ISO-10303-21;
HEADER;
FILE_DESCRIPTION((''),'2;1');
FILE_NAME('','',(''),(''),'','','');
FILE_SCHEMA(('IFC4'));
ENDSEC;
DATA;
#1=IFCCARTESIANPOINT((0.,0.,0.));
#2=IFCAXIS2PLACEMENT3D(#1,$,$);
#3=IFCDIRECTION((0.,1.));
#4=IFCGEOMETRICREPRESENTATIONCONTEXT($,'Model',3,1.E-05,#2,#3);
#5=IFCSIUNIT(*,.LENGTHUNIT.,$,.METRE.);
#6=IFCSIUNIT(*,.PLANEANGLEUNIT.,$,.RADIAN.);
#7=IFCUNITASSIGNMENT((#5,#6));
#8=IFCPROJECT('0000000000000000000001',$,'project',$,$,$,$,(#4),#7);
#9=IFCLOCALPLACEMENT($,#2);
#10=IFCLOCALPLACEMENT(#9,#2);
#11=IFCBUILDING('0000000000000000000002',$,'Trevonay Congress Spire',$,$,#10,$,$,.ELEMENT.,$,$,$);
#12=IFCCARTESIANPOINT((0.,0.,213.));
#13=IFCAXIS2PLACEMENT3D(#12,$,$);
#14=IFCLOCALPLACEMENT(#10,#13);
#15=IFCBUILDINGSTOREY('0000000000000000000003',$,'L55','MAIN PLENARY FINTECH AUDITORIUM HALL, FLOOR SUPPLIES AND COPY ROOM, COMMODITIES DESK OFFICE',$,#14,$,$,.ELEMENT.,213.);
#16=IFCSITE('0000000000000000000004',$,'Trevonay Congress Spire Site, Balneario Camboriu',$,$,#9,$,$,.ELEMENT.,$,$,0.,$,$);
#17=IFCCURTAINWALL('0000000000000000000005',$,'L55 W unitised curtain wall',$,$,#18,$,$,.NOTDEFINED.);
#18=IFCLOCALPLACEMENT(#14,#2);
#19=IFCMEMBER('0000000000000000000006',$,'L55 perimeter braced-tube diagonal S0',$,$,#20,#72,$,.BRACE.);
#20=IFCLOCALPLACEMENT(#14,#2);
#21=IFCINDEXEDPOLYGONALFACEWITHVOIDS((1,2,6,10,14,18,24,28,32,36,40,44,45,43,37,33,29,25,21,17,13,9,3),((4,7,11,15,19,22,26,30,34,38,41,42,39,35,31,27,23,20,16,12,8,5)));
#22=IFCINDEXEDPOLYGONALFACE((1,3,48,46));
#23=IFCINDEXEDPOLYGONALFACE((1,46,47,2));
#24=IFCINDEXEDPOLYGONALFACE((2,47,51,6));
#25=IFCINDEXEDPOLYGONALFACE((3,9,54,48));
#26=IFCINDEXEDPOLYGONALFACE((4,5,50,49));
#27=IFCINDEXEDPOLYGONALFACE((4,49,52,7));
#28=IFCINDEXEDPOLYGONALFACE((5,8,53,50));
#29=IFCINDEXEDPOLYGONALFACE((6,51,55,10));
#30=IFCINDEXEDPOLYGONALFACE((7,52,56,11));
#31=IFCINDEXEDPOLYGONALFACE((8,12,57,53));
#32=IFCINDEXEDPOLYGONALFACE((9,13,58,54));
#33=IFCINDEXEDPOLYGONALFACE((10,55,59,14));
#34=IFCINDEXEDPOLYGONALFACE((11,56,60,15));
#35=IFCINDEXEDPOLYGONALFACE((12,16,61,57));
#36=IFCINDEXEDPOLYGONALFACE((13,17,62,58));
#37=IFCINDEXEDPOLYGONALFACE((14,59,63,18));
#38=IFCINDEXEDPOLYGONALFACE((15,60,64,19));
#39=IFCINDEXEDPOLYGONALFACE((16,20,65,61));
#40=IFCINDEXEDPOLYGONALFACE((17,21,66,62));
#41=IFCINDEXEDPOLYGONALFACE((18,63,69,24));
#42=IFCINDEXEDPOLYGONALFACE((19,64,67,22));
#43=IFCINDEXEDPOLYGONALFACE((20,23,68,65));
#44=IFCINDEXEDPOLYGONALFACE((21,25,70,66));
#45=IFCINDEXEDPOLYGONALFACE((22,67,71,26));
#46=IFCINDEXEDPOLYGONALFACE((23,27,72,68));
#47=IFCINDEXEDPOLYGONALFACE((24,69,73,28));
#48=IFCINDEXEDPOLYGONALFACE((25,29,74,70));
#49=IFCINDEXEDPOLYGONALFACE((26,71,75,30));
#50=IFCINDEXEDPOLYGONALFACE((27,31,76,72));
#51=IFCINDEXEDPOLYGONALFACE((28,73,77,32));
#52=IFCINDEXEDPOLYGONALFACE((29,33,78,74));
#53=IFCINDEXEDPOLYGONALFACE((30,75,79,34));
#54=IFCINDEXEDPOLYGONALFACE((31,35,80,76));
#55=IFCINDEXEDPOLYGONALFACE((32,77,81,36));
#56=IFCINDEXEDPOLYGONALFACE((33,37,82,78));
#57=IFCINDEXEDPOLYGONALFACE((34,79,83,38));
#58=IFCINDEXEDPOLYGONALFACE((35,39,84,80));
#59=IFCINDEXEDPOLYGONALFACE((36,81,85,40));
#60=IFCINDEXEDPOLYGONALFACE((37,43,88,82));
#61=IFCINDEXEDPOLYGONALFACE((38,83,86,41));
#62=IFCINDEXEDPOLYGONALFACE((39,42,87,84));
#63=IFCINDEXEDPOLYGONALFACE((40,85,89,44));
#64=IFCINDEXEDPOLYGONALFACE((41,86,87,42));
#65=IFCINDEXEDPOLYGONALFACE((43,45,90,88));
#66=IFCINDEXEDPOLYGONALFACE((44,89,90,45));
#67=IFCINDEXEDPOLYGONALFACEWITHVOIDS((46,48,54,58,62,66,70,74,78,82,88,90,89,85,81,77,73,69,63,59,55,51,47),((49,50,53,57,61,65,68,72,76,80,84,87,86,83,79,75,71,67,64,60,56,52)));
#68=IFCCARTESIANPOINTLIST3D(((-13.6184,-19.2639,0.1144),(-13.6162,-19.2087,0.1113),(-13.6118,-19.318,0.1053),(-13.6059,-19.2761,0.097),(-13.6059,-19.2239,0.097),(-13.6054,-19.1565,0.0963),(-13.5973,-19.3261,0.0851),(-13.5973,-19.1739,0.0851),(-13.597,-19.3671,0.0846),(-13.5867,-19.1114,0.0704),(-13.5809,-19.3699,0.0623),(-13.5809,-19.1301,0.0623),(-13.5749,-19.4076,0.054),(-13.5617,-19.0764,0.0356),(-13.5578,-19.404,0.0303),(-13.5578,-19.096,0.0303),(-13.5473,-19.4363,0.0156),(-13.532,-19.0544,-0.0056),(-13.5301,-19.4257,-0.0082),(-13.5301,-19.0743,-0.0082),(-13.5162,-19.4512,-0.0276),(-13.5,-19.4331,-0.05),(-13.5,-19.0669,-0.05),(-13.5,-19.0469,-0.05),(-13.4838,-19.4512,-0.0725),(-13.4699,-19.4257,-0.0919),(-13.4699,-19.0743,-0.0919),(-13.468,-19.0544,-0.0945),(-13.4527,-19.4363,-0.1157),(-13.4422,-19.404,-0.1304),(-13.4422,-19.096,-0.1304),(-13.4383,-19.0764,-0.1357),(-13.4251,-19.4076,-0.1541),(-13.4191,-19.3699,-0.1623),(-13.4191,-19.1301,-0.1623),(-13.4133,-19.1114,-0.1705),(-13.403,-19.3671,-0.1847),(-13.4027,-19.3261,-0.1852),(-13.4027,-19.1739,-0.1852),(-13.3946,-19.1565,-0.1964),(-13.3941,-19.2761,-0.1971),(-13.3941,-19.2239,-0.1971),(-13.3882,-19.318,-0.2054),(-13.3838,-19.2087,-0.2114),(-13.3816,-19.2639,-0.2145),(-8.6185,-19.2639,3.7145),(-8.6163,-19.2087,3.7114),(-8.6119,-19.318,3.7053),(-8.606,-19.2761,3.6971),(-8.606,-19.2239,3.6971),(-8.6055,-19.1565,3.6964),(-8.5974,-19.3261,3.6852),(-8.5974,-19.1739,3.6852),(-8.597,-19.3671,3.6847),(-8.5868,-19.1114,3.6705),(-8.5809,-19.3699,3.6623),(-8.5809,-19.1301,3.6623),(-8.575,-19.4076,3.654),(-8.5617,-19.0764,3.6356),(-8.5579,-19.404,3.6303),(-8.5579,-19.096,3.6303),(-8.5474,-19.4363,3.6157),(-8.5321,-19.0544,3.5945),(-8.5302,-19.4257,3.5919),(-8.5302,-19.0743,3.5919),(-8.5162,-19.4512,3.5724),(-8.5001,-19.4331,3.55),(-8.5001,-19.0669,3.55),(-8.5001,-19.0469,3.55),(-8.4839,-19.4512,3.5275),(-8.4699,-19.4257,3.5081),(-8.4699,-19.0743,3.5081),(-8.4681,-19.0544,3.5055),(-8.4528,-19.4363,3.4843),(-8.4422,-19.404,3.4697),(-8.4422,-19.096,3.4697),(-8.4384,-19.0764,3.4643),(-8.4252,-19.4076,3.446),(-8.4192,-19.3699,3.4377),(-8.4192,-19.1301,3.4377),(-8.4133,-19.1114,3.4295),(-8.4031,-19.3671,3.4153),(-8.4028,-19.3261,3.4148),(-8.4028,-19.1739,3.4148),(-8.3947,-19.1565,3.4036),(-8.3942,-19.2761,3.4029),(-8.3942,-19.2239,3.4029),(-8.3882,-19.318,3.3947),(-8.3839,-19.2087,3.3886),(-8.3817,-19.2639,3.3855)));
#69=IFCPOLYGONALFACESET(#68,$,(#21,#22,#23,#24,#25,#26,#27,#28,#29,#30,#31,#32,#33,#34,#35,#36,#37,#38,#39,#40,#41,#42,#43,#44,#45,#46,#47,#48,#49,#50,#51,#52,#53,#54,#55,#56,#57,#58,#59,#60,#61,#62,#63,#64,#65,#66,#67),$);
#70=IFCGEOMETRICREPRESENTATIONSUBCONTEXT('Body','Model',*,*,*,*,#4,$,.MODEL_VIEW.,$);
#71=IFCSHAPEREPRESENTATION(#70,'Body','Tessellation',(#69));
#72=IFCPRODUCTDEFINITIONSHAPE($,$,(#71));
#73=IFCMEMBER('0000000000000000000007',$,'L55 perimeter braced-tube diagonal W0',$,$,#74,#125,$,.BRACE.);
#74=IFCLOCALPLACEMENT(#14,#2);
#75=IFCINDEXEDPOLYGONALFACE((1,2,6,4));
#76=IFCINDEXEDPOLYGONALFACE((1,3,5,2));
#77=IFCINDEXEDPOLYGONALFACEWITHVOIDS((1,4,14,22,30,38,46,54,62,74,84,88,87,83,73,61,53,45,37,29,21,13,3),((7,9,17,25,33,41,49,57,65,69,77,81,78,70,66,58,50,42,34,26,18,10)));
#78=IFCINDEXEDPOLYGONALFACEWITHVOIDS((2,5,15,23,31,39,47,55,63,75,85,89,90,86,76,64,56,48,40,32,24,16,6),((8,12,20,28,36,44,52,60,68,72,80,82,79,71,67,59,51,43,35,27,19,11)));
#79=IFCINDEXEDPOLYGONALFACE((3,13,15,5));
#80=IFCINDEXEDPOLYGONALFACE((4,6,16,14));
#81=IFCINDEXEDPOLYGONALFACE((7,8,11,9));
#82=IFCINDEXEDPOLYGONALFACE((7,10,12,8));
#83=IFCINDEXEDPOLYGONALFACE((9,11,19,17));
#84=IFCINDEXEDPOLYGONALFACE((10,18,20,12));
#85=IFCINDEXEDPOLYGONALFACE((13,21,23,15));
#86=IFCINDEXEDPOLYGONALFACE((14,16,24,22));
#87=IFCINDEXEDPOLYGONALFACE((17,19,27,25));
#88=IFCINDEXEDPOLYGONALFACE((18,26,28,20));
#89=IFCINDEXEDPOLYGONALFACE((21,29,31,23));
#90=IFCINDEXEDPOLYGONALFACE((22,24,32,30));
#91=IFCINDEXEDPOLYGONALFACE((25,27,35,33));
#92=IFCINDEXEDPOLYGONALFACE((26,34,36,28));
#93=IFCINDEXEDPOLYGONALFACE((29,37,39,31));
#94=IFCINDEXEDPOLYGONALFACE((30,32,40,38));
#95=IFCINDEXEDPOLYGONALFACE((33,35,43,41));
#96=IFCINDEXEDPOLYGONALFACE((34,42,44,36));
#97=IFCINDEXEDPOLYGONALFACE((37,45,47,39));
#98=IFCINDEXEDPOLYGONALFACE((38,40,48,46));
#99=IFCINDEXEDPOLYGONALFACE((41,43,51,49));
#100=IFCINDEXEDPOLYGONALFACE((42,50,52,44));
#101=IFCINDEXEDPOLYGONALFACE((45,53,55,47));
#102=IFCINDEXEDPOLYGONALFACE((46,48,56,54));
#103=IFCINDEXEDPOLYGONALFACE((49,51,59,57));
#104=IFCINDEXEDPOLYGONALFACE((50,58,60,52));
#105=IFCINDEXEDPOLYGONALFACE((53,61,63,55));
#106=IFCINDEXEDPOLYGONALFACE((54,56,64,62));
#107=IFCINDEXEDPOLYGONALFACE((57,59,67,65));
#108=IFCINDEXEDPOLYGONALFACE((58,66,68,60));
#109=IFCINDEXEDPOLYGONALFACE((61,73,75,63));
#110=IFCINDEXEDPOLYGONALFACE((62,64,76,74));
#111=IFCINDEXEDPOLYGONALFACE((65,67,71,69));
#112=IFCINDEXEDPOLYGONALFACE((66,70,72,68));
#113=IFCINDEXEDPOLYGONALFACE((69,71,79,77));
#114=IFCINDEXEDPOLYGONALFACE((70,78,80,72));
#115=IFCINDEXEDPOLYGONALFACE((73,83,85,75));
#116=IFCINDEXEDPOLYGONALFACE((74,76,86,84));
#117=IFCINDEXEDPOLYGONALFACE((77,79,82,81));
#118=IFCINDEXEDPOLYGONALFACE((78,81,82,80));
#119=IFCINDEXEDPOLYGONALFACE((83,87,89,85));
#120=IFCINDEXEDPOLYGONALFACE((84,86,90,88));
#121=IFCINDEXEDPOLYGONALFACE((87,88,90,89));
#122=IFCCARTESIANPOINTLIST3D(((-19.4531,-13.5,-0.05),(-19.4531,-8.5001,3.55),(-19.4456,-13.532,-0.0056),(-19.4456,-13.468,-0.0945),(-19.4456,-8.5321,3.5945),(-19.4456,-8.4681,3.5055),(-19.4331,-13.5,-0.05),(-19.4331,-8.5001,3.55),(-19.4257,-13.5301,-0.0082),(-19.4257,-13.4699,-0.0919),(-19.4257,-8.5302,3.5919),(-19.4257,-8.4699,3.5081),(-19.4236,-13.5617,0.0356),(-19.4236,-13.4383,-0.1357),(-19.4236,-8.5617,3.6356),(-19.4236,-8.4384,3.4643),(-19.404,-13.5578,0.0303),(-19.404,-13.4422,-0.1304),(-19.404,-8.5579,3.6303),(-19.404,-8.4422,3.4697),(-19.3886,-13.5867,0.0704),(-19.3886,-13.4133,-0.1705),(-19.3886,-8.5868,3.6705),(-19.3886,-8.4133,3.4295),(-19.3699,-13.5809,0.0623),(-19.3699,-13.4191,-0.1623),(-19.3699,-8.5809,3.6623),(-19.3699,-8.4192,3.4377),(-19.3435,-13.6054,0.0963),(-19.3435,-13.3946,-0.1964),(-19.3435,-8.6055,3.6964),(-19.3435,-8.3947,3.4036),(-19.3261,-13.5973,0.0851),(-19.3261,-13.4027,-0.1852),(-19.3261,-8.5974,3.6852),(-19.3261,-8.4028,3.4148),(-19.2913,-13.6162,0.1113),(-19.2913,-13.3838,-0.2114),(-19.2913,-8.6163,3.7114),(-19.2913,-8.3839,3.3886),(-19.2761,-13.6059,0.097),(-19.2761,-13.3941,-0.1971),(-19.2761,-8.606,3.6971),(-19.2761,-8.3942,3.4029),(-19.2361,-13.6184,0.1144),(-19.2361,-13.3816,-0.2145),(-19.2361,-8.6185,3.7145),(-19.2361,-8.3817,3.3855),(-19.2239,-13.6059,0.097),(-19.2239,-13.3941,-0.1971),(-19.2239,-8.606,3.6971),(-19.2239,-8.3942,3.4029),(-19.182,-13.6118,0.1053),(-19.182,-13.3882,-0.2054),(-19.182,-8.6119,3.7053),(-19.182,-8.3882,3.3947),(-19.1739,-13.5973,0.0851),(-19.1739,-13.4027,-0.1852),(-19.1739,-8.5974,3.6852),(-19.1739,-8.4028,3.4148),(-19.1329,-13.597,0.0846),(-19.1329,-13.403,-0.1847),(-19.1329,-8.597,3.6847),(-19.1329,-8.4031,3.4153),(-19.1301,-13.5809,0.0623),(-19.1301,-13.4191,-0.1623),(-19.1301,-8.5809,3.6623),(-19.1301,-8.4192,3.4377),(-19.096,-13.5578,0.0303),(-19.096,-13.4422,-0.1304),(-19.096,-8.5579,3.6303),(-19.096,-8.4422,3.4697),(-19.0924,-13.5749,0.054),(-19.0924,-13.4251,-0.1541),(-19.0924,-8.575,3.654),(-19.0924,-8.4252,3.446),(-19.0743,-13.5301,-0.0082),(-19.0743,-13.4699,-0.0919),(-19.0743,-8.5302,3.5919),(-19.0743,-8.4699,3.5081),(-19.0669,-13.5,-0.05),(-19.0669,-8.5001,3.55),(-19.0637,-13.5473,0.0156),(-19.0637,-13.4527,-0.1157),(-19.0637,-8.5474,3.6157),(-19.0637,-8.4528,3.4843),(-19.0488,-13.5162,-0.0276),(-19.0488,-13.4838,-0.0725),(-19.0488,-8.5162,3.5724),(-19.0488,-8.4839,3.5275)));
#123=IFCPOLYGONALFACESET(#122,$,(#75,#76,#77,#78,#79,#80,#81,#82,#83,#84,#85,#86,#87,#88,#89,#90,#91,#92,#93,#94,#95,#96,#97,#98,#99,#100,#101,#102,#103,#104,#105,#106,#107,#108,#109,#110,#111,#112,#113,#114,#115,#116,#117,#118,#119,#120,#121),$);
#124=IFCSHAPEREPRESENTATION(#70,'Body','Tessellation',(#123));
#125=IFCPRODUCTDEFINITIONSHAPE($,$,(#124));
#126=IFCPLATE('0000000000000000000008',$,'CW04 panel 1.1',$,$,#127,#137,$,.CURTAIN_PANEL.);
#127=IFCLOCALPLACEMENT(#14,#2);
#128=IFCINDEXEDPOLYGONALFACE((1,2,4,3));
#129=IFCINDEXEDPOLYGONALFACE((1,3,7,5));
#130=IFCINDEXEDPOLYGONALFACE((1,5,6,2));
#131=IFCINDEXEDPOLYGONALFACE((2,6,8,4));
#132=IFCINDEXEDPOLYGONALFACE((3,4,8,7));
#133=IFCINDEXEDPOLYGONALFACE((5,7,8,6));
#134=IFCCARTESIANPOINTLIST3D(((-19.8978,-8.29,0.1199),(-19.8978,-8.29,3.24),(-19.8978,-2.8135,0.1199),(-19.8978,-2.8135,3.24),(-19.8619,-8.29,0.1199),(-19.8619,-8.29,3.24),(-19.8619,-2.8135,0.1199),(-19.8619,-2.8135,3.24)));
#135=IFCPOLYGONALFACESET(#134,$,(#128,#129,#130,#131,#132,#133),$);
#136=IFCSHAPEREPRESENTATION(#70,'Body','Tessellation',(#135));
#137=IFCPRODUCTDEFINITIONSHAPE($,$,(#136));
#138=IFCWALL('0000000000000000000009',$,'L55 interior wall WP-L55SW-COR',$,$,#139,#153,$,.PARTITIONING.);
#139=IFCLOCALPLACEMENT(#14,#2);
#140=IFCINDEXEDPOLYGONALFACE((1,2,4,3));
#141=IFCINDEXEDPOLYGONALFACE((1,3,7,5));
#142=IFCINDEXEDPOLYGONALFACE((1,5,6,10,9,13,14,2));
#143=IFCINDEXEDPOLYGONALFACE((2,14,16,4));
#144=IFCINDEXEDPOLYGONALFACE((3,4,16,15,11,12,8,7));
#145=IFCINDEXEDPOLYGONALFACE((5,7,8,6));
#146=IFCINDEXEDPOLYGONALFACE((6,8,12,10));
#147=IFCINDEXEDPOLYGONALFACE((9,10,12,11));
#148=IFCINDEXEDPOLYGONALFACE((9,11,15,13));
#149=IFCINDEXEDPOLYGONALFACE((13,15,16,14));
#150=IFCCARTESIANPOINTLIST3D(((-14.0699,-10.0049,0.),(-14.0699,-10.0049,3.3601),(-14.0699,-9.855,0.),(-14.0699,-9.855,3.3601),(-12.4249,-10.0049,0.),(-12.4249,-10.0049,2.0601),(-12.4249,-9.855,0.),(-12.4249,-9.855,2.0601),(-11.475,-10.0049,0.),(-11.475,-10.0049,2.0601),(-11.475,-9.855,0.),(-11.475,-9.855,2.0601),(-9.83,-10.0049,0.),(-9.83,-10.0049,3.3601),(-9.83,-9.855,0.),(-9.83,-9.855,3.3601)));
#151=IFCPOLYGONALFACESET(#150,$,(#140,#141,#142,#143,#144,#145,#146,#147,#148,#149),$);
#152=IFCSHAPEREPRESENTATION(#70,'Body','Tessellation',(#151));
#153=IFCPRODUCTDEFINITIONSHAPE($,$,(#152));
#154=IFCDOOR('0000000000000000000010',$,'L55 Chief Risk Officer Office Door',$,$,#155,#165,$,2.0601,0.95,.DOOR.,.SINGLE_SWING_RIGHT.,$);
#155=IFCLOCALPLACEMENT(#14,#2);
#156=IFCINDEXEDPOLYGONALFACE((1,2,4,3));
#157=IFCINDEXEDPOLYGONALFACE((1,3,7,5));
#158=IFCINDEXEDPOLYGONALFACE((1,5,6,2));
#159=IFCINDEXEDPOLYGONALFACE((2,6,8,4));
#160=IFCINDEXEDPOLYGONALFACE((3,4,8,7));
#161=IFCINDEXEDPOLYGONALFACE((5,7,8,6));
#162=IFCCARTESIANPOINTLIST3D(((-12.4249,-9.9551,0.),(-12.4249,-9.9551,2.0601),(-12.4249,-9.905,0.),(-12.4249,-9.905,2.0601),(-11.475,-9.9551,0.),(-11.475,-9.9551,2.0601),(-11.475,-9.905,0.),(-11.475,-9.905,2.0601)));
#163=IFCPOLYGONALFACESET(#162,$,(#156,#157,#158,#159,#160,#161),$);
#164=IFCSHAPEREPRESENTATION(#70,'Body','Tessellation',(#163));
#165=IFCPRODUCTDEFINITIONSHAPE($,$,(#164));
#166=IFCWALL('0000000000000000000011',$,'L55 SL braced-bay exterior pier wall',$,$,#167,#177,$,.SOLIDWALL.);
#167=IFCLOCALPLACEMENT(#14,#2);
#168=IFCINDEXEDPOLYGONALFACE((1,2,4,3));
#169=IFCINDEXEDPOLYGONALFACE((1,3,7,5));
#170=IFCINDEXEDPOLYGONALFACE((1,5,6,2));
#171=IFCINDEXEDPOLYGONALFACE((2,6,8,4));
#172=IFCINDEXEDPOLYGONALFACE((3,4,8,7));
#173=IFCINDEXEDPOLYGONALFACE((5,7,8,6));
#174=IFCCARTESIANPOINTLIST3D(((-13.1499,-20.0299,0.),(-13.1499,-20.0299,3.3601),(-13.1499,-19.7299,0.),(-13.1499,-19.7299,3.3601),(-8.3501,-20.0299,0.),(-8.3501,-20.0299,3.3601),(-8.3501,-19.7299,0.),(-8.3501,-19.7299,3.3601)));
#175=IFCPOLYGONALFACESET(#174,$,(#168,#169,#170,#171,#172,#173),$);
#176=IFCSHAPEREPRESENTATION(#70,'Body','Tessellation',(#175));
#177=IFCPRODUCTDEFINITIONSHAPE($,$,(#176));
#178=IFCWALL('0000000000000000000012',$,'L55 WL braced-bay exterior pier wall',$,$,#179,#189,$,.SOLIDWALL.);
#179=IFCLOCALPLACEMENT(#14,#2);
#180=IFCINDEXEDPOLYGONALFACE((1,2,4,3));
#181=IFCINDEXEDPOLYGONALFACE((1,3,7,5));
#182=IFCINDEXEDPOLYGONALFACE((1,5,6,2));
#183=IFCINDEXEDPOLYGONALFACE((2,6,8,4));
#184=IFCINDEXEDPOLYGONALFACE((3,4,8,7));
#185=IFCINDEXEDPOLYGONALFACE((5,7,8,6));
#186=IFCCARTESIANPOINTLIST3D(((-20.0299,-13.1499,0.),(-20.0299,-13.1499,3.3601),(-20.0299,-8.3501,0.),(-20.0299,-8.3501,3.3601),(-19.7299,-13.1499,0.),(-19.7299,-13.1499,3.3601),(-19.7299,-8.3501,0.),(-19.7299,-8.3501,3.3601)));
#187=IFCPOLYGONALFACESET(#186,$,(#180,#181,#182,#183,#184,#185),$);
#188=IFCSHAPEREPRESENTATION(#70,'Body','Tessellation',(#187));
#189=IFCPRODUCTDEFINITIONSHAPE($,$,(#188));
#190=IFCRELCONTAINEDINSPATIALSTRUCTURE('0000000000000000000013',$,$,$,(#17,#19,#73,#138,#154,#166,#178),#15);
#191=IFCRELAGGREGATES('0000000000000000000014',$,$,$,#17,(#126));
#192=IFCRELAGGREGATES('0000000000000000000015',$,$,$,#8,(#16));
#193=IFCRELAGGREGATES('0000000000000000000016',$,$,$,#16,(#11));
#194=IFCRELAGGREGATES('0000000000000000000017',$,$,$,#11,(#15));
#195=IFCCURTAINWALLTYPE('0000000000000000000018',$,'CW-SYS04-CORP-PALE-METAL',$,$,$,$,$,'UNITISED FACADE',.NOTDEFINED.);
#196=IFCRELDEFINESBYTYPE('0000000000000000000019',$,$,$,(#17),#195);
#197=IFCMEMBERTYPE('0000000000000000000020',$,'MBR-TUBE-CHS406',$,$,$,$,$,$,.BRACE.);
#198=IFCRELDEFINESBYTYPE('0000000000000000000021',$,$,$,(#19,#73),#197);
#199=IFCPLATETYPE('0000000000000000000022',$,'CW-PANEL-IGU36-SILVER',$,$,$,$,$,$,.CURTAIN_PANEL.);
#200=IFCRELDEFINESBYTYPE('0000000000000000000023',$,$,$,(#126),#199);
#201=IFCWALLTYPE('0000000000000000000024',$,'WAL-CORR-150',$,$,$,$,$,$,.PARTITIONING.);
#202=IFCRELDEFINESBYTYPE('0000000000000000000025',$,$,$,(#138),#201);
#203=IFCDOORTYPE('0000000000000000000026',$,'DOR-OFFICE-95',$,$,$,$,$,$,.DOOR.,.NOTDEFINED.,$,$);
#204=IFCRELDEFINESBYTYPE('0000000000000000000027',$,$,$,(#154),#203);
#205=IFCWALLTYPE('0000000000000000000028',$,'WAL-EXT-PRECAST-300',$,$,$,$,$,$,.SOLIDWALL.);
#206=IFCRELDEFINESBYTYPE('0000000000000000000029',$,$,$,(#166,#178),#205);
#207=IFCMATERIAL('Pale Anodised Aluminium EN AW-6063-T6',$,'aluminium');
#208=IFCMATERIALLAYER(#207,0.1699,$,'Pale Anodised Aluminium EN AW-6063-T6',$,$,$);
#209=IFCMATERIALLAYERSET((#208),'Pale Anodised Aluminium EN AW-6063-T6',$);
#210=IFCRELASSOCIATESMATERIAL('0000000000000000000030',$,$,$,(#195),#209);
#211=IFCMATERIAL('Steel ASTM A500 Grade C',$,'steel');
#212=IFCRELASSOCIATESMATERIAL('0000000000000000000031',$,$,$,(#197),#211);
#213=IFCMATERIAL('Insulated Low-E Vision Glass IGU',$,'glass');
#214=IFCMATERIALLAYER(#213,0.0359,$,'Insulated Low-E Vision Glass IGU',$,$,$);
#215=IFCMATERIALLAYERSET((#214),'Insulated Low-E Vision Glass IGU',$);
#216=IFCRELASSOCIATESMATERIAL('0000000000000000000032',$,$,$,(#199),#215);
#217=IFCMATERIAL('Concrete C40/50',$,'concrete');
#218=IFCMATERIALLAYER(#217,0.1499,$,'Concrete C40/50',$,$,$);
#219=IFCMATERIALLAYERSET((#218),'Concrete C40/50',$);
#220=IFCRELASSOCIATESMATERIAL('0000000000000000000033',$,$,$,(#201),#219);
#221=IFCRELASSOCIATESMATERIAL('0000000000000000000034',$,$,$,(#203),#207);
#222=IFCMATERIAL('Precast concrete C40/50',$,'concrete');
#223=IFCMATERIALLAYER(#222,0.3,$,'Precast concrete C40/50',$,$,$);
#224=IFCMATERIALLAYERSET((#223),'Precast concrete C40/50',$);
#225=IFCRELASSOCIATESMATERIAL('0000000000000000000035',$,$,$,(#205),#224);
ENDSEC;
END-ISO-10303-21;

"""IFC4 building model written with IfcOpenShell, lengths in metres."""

from ifc_helpers import new_model, si_unit, direction, frame, frame_2d, origin, origin_2d, place, context, subcontext, project, spatial, rectangle, hollow_circle, extrude, material, layer, layer_set, material_profile, profile_set, type_object, element, fill, aggregate, save


model = new_model("IFC4")

# Units and contexts
model_context = context("Model", 3, precision=1e-05, world=origin(), true_north=direction((0.0, 1.0)))
body_context = subcontext(model_context, "Body", "Model", "MODEL_VIEW")
ifc_project = project(units=[si_unit("LENGTHUNIT", "METRE"), si_unit("PLANEANGLEUNIT", "RADIAN")], contexts=[model_context])

# Site, building, storey
site_placement = place(None, origin())
site = spatial("IfcSite", under=ifc_project, at=site_placement, Name="Trevonay Congress Spire Site, Balneario Camboriu", CompositionType="ELEMENT", RefElevation=0.0)
building_placement = place(site_placement, origin())
building = spatial("IfcBuilding", under=site, at=building_placement, Name="Trevonay Congress Spire", CompositionType="ELEMENT")
storey_placement = place(building_placement, frame((0.0, 0.0, 213.0)))
storey = spatial("IfcBuildingStorey", under=building, at=storey_placement, Name="L55", Description="MAIN PLENARY FINTECH AUDITORIUM HALL, FLOOR SUPPLIES AND COPY ROOM, COMMODITIES DESK OFFICE", CompositionType="ELEMENT", Elevation=213.0)

# Curtain wall
ifc_material_1 = material(Name="Pale Anodised Aluminium EN AW-6063-T6", Category="aluminium")
ifc_layer_1 = layer(ifc_material_1, 0.1699, Name="Pale Anodised Aluminium EN AW-6063-T6")
ifc_layer_set_1 = layer_set([ifc_layer_1], Name="Pale Anodised Aluminium EN AW-6063-T6")
curtain_wall_type = type_object("IfcCurtainWallType", Name="CW-SYS04-CORP-PALE-METAL", ElementType="UNITISED FACADE", PredefinedType="NOTDEFINED", material=ifc_layer_set_1)
curtain_wall_placement = place(storey_placement, origin())
curtain_wall = element("IfcCurtainWall", 1, at=curtain_wall_placement, inside=storey, type_object=curtain_wall_type, Name="L55 W unitised curtain wall", PredefinedType="NOTDEFINED")

# Members
ifc_material_2 = material(Name="Steel ASTM A500 Grade C", Category="steel")
ifc_material_profile_1 = material_profile(ifc_material_2, hollow_circle(Radius=0.2031, WallThickness=0.02, at=origin_2d()), Name="CHS 406.4x20")
ifc_profile_set_1 = profile_set([ifc_material_profile_1], Name="Steel ASTM A500 Grade C")
member_type_1 = type_object("IfcMemberType", Name="MBR-TUBE-CHS406", PredefinedType="BRACE", material=ifc_profile_set_1)
for number, where, z_axis, x_axis, name in (
    (2, (-13.5, -19.25, -0.05), (0.811527, 0.0, 0.584315), (0.0, 1.0, 0.0), "L55 perimeter braced-tube diagonal S0"),
    (3, (-19.25, -13.5, -0.05), (0.0, 0.811527, 0.584315), (-1.0, 0.0, 0.0), "L55 perimeter braced-tube diagonal W0"),
):
    element("IfcMember", number, at=place(storey_placement, frame(where, z_axis=z_axis, x_axis=x_axis)), inside=storey, type_object=member_type_1, Name=name, PredefinedType="BRACE", context=body_context, shape_type="SweptSolid", body=[
        extrude(hollow_circle(Radius=0.2031, WallThickness=0.02, at=origin_2d()), origin(), (0.0, 0.0, 1.0), 6.1611),
    ])

# Plate
ifc_material_3 = material(Name="Insulated Low-E Vision Glass IGU", Category="glass")
ifc_layer_2 = layer(ifc_material_3, 0.0359, Name="Insulated Low-E Vision Glass IGU")
ifc_layer_set_2 = layer_set([ifc_layer_2], Name="Insulated Low-E Vision Glass IGU")
plate_type = type_object("IfcPlateType", Name="CW-PANEL-IGU36-SILVER", PredefinedType="CURTAIN_PANEL", material=ifc_layer_set_2)
plate_placement = place(storey_placement, frame((-19.8799, -5.5518, 0.1199), z_axis=(0.0, 0.0, 1.0), x_axis=(0.0, 1.0, 0.0)))
plate = element("IfcPlate", 4, at=plate_placement, type_object=plate_type, Name="CW04 panel 1.1", PredefinedType="CURTAIN_PANEL", context=body_context, shape_type="SweptSolid", body=[
    extrude(rectangle(XDim=5.4766, YDim=0.0359, at=origin_2d()), origin(), (0.0, 0.0, 1.0), 3.1201),
])
aggregate(curtain_wall, [plate])

# Wall, opening, door
ifc_material_4 = material(Name="Concrete C40/50", Category="concrete")
ifc_layer_3 = layer(ifc_material_4, 0.1499, Name="Concrete C40/50")
ifc_layer_set_3 = layer_set([ifc_layer_3], Name="Concrete C40/50")
wall_type_1 = type_object("IfcWallType", Name="WAL-CORR-150", PredefinedType="PARTITIONING", material=ifc_layer_set_3)
wall_1_placement = place(storey_placement, frame((-14.0701, -9.9299, 0.0), z_axis=(0.0, 0.0, 1.0), x_axis=(1.0, 0.0, 0.0)))
wall_1 = element("IfcWall", 5, at=wall_1_placement, inside=storey, type_object=wall_type_1, Name="L55 interior wall WP-L55SW-COR", PredefinedType="PARTITIONING", context=body_context, shape_type="SweptSolid", body=[
    extrude(rectangle(XDim=4.24, YDim=0.1499, at=frame_2d((2.1201, 0.0))), origin(), (0.0, 0.0, 1.0), 3.3601),
])
opening_1_placement = place(wall_1_placement, frame((1.645, 0.0, 0.0)))
opening_1 = element("IfcOpeningElement", 6, at=opening_1_placement, cuts=wall_1, PredefinedType="OPENING", context=body_context, shape_type="SweptSolid", body=[
    extrude(rectangle(XDim=0.95, YDim=2.0601, at=frame_2d((0.4751, 1.03))), frame((0.0, 0.085, 0.0), z_axis=(0.0, -1.0, 0.0), x_axis=(1.0, 0.0, 0.0)), (0.0, 0.0, 1.0), 0.1699),
])
door_type = type_object("IfcDoorType", Name="DOR-OFFICE-95", OperationType="NOTDEFINED", PredefinedType="DOOR", material=ifc_material_1)
door_placement = place(opening_1_placement, origin())
door = element("IfcDoor", 7, at=door_placement, inside=storey, type_object=door_type, Name="L55 Chief Risk Officer Office Door", OperationType="SINGLE_SWING_RIGHT", OverallHeight=2.0601, OverallWidth=0.95, PredefinedType="DOOR", context=body_context, shape_type="SweptSolid", body=[
    extrude(rectangle(XDim=0.95, YDim=2.0601, at=frame_2d((0.4751, 1.03))), frame((0.0, 0.0249, 0.0), z_axis=(0.0, -1.0, 0.0), x_axis=(1.0, 0.0, 0.0)), (0.0, 0.0, 1.0), 0.05),
])
fill(opening_1, door)

# Walls
ifc_material_5 = material(Name="Precast concrete C40/50", Category="concrete")
ifc_layer_4 = layer(ifc_material_5, 0.3, Name="Precast concrete C40/50")
ifc_layer_set_4 = layer_set([ifc_layer_4], Name="Precast concrete C40/50")
wall_type_2 = type_object("IfcWallType", Name="WAL-EXT-PRECAST-300", PredefinedType="SOLIDWALL", material=ifc_layer_set_4)
for number, where, z_axis, x_axis, name in (
    (8, (-13.1499, -19.8799, 0.0), (0.0, 0.0, 1.0), (1.0, 0.0, 0.0), "L55 SL braced-bay exterior pier wall"),
    (9, (-19.8799, -13.1499, 0.0), (0.0, 0.0, 1.0), (0.0, 1.0, 0.0), "L55 WL braced-bay exterior pier wall"),
):
    element("IfcWall", number, at=place(storey_placement, frame(where, z_axis=z_axis, x_axis=x_axis)), inside=storey, type_object=wall_type_2, Name=name, PredefinedType="SOLIDWALL", context=body_context, shape_type="SweptSolid", body=[
        extrude(rectangle(XDim=4.7998, YDim=0.3, at=frame_2d((2.3999, 0.0))), origin(), (0.0, 0.0, 1.0), 3.3601),
    ])

save(model, "model.ifc")
